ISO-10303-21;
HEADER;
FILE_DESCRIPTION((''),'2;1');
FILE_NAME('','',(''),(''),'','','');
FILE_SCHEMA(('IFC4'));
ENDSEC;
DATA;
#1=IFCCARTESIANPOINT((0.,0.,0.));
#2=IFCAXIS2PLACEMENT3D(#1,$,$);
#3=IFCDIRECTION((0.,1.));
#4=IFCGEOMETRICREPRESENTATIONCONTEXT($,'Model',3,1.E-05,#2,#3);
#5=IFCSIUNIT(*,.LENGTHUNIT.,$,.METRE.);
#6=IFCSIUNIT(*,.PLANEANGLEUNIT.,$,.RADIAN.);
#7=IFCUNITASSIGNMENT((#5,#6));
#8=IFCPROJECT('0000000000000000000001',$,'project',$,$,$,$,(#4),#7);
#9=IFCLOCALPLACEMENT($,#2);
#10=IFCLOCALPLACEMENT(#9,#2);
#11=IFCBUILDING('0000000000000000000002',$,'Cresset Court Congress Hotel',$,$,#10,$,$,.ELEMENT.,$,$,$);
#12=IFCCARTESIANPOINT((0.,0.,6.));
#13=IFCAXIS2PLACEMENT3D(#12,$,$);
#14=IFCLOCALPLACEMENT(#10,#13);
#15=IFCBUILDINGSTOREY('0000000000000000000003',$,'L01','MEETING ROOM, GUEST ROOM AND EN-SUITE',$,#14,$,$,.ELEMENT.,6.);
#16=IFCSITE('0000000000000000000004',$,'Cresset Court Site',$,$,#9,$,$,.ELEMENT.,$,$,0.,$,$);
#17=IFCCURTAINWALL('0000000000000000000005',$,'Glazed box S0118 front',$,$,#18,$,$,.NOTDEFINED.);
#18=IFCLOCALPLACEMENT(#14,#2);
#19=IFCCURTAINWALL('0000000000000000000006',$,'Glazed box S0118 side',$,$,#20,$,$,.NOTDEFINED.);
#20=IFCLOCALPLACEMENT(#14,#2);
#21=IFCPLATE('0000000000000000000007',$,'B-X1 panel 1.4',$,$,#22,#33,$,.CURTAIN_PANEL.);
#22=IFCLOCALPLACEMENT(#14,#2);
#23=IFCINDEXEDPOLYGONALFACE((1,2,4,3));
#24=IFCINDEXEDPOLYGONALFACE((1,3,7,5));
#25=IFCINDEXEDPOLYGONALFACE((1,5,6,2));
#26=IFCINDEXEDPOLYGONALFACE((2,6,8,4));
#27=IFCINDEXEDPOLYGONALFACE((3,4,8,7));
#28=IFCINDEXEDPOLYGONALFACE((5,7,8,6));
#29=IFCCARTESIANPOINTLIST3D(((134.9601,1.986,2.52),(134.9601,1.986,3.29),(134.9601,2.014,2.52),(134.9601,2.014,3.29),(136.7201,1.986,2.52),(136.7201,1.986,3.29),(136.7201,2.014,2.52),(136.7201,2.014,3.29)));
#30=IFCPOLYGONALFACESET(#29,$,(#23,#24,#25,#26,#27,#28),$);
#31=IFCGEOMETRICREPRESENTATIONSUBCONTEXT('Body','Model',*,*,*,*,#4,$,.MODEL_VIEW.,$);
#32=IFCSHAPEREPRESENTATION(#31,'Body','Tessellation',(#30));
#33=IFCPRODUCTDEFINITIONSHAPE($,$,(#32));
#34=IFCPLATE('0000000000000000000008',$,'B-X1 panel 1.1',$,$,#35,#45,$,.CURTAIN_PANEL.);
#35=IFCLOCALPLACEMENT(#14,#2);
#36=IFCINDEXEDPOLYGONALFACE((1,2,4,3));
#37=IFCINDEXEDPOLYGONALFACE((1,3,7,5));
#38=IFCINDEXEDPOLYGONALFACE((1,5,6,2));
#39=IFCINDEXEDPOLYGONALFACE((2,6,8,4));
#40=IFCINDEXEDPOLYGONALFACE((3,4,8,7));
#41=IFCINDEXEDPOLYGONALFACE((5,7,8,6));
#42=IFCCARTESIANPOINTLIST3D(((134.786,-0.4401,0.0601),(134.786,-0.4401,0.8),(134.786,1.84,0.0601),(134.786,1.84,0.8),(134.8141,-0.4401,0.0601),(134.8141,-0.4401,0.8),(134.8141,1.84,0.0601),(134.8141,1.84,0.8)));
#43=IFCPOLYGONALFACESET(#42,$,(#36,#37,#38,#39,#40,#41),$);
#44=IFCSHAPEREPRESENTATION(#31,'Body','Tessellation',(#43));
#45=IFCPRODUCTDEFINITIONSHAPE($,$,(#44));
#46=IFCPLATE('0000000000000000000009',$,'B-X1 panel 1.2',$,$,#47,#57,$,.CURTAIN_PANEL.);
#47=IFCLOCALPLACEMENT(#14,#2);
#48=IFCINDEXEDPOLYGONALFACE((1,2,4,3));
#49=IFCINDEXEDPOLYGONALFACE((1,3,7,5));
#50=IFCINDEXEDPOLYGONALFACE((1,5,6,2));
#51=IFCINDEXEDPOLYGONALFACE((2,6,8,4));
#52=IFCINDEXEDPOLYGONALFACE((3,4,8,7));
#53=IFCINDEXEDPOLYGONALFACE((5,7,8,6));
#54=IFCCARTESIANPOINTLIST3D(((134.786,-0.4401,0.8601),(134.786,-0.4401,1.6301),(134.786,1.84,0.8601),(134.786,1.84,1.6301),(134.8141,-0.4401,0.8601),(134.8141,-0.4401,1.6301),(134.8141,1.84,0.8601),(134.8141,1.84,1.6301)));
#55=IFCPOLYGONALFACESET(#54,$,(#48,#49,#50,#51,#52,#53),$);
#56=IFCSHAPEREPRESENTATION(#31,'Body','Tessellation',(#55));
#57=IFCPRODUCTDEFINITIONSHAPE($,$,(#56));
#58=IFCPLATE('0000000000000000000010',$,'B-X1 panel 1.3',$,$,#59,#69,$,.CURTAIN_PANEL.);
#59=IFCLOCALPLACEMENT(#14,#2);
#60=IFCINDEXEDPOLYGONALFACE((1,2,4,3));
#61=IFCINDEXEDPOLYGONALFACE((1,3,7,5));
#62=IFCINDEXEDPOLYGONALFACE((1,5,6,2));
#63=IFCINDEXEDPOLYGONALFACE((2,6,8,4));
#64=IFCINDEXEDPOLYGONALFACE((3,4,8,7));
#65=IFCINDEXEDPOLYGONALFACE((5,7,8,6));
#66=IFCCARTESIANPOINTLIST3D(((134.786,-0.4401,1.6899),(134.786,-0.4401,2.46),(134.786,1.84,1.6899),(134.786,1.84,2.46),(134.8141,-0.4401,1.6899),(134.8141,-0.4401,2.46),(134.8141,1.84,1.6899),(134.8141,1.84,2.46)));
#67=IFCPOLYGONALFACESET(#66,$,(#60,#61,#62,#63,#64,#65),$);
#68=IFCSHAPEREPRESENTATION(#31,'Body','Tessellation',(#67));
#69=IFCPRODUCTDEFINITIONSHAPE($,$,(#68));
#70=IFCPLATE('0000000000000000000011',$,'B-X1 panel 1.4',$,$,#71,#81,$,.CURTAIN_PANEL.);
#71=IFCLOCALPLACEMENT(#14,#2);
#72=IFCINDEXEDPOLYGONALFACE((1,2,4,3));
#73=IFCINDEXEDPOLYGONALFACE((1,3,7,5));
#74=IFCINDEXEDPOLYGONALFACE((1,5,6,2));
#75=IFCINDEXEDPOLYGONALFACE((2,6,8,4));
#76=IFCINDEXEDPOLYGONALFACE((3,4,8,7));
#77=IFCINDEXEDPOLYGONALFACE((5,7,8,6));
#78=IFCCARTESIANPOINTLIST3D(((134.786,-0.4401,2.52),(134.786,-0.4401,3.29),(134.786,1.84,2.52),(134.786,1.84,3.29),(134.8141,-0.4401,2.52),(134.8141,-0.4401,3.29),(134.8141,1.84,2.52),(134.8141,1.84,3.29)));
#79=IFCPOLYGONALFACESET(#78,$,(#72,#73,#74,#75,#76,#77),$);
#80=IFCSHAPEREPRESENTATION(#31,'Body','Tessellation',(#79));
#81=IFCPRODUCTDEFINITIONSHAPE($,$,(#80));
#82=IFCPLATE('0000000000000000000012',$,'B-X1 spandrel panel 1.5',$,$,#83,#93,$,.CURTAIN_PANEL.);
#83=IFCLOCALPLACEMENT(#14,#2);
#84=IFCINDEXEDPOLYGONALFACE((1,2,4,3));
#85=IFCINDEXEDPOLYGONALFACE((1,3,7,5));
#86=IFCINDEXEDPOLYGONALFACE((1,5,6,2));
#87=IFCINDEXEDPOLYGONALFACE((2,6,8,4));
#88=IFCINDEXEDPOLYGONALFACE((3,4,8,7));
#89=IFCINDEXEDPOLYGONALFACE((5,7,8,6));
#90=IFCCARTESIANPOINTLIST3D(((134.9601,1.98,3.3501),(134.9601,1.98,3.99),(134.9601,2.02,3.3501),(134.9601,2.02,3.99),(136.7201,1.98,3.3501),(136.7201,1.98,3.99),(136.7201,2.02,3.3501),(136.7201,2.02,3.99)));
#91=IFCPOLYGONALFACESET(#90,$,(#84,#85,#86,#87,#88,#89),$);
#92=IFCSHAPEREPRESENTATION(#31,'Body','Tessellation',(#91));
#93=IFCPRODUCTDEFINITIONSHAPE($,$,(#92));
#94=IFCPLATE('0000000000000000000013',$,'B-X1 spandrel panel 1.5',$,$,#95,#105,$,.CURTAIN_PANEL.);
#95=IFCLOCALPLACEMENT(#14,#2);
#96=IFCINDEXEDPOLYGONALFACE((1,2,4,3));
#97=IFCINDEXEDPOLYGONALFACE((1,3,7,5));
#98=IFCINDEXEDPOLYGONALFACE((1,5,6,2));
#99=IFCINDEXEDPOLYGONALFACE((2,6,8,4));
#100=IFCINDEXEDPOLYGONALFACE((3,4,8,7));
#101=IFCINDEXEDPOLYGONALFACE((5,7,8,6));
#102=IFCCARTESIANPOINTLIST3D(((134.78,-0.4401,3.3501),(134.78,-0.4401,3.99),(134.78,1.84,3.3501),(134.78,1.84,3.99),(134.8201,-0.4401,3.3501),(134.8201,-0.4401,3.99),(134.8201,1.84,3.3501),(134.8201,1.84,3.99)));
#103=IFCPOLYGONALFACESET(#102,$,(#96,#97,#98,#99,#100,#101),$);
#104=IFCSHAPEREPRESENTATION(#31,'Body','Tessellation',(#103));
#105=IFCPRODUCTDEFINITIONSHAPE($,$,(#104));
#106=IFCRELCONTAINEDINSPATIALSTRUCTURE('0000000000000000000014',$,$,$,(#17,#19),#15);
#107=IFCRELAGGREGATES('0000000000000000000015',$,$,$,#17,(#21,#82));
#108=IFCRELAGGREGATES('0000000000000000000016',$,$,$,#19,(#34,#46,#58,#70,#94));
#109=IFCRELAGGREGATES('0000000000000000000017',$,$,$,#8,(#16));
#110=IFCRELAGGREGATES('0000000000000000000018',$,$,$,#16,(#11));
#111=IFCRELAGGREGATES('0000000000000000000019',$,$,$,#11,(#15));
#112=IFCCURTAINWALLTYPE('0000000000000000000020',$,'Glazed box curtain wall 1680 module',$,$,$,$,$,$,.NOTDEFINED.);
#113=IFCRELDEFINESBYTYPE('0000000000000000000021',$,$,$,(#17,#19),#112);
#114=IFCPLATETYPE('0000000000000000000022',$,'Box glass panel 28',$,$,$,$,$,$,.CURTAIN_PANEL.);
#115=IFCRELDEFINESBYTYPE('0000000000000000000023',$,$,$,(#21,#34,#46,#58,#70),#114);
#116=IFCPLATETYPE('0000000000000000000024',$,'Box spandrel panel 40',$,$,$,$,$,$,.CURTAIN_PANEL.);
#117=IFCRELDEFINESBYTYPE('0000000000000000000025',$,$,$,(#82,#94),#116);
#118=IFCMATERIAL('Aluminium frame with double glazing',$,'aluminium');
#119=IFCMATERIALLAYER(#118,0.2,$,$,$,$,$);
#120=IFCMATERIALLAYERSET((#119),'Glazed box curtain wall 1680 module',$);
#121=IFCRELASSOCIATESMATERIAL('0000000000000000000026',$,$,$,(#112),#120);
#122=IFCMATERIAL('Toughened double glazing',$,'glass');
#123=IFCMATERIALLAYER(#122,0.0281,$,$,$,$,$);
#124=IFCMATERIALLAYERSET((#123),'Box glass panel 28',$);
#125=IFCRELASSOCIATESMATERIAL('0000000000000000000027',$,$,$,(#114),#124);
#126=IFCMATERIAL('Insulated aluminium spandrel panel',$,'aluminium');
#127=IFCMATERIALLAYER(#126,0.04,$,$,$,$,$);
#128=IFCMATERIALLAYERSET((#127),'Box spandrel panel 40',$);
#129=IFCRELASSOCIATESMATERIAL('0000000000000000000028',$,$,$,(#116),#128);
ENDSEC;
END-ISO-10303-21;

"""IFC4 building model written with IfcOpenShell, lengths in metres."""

from ifc_helpers import new_model, si_unit, direction, frame, origin, origin_2d, place, context, subcontext, project, spatial, rectangle, extrude, material, layer, layer_set, type_object, element, aggregate, save


model = new_model("IFC4")

# Units and contexts
model_context = context("Model", 3, precision=1e-05, world=origin(), true_north=direction((0.0, 1.0)))
body_context = subcontext(model_context, "Body", "Model", "MODEL_VIEW")
ifc_project = project(units=[si_unit("LENGTHUNIT", "METRE"), si_unit("PLANEANGLEUNIT", "RADIAN")], contexts=[model_context])

# Site, building, storey
site_placement = place(None, origin())
site = spatial("IfcSite", under=ifc_project, at=site_placement, Name="Cresset Court Site", CompositionType="ELEMENT", RefElevation=0.0)
building_placement = place(site_placement, origin())
building = spatial("IfcBuilding", under=site, at=building_placement, Name="Cresset Court Congress Hotel", CompositionType="ELEMENT")
storey_placement = place(building_placement, frame((0.0, 0.0, 6.0)))
storey = spatial("IfcBuildingStorey", under=building, at=storey_placement, Name="L01", Description="MEETING ROOM, GUEST ROOM AND EN-SUITE", CompositionType="ELEMENT", Elevation=6.0)

# Curtain walls
ifc_material_1 = material(Name="Aluminium frame with double glazing", Category="aluminium")
ifc_layer_1 = layer(ifc_material_1, 0.2)
ifc_layer_set_1 = layer_set([ifc_layer_1], Name="Glazed box curtain wall 1680 module")
curtain_wall_type = type_object("IfcCurtainWallType", Name="Glazed box curtain wall 1680 module", PredefinedType="NOTDEFINED", material=ifc_layer_set_1)
curtain_wall_1_placement = place(storey_placement, origin())
curtain_wall_1 = element("IfcCurtainWall", 1, at=curtain_wall_1_placement, inside=storey, type_object=curtain_wall_type, Name="Glazed box S0118 front", PredefinedType="NOTDEFINED")
curtain_wall_2_placement = place(storey_placement, origin())
curtain_wall_2 = element("IfcCurtainWall", 2, at=curtain_wall_2_placement, inside=storey, type_object=curtain_wall_type, Name="Glazed box S0118 side", PredefinedType="NOTDEFINED")

# Plates
ifc_material_2 = material(Name="Toughened double glazing", Category="glass")
ifc_layer_2 = layer(ifc_material_2, 0.0281)
ifc_layer_set_2 = layer_set([ifc_layer_2], Name="Box glass panel 28")
plate_type_1 = type_object("IfcPlateType", Name="Box glass panel 28", PredefinedType="CURTAIN_PANEL", material=ifc_layer_set_2)
plate_1_placement = place(storey_placement, frame((135.8401, 2.0, 2.52), z_axis=(0.0, 0.0, 1.0), x_axis=(1.0, 0.0, 0.0)))
plate_1 = element("IfcPlate", 3, at=plate_1_placement, type_object=plate_type_1, Name="B-X1 panel 1.4", PredefinedType="CURTAIN_PANEL", context=body_context, shape_type="SweptSolid", body=[
    extrude(rectangle(XDim=1.76, YDim=0.0281, at=origin_2d()), origin(), (0.0, 0.0, 1.0), 0.77),
])
plate_2_placement = place(storey_placement, frame((134.8, 0.7, 0.0601), z_axis=(0.0, 0.0, 1.0), x_axis=(0.0, 1.0, 0.0)))
plate_2 = element("IfcPlate", 4, at=plate_2_placement, type_object=plate_type_1, Name="B-X1 panel 1.1", PredefinedType="CURTAIN_PANEL", context=body_context, shape_type="SweptSolid", body=[
    extrude(rectangle(XDim=2.28, YDim=0.0281, at=origin_2d()), origin(), (0.0, 0.0, 1.0), 0.74),
])
plate_3_placement = place(storey_placement, frame((134.8, 0.7, 0.8601), z_axis=(0.0, 0.0, 1.0), x_axis=(0.0, 1.0, 0.0)))
plate_3 = element("IfcPlate", 5, at=plate_3_placement, type_object=plate_type_1, Name="B-X1 panel 1.2", PredefinedType="CURTAIN_PANEL", context=body_context, shape_type="SweptSolid", body=[
    extrude(rectangle(XDim=2.28, YDim=0.0281, at=origin_2d()), origin(), (0.0, 0.0, 1.0), 0.77),
])
plate_4_placement = place(storey_placement, frame((134.8, 0.7, 1.6899), z_axis=(0.0, 0.0, 1.0), x_axis=(0.0, 1.0, 0.0)))
plate_4 = element("IfcPlate", 6, at=plate_4_placement, type_object=plate_type_1, Name="B-X1 panel 1.3", PredefinedType="CURTAIN_PANEL", context=body_context, shape_type="SweptSolid", body=[
    extrude(rectangle(XDim=2.28, YDim=0.0281, at=origin_2d()), origin(), (0.0, 0.0, 1.0), 0.77),
])
plate_5_placement = place(storey_placement, frame((134.8, 0.7, 2.52), z_axis=(0.0, 0.0, 1.0), x_axis=(0.0, 1.0, 0.0)))
plate_5 = element("IfcPlate", 7, at=plate_5_placement, type_object=plate_type_1, Name="B-X1 panel 1.4", PredefinedType="CURTAIN_PANEL", context=body_context, shape_type="SweptSolid", body=[
    extrude(rectangle(XDim=2.28, YDim=0.0281, at=origin_2d()), origin(), (0.0, 0.0, 1.0), 0.77),
])
ifc_material_3 = material(Name="Insulated aluminium spandrel panel", Category="aluminium")
ifc_layer_3 = layer(ifc_material_3, 0.04)
ifc_layer_set_3 = layer_set([ifc_layer_3], Name="Box spandrel panel 40")
plate_type_2 = type_object("IfcPlateType", Name="Box spandrel panel 40", PredefinedType="CURTAIN_PANEL", material=ifc_layer_set_3)
plate_6_placement = place(storey_placement, frame((135.8401, 2.0, 3.3501), z_axis=(0.0, 0.0, 1.0), x_axis=(1.0, 0.0, 0.0)))
plate_6 = element("IfcPlate", 8, at=plate_6_placement, type_object=plate_type_2, Name="B-X1 spandrel panel 1.5", PredefinedType="CURTAIN_PANEL", context=body_context, shape_type="SweptSolid", body=[
    extrude(rectangle(XDim=1.76, YDim=0.04, at=origin_2d()), origin(), (0.0, 0.0, 1.0), 0.6399),
])
aggregate(curtain_wall_1, [plate_1, plate_6])
plate_7_placement = place(storey_placement, frame((134.8, 0.7, 3.3501), z_axis=(0.0, 0.0, 1.0), x_axis=(0.0, 1.0, 0.0)))
plate_7 = element("IfcPlate", 9, at=plate_7_placement, type_object=plate_type_2, Name="B-X1 spandrel panel 1.5", PredefinedType="CURTAIN_PANEL", context=body_context, shape_type="SweptSolid", body=[
    extrude(rectangle(XDim=2.28, YDim=0.04, at=origin_2d()), origin(), (0.0, 0.0, 1.0), 0.6399),
])
aggregate(curtain_wall_2, [plate_2, plate_3, plate_4, plate_5, plate_7])

save(model, "model.ifc")
